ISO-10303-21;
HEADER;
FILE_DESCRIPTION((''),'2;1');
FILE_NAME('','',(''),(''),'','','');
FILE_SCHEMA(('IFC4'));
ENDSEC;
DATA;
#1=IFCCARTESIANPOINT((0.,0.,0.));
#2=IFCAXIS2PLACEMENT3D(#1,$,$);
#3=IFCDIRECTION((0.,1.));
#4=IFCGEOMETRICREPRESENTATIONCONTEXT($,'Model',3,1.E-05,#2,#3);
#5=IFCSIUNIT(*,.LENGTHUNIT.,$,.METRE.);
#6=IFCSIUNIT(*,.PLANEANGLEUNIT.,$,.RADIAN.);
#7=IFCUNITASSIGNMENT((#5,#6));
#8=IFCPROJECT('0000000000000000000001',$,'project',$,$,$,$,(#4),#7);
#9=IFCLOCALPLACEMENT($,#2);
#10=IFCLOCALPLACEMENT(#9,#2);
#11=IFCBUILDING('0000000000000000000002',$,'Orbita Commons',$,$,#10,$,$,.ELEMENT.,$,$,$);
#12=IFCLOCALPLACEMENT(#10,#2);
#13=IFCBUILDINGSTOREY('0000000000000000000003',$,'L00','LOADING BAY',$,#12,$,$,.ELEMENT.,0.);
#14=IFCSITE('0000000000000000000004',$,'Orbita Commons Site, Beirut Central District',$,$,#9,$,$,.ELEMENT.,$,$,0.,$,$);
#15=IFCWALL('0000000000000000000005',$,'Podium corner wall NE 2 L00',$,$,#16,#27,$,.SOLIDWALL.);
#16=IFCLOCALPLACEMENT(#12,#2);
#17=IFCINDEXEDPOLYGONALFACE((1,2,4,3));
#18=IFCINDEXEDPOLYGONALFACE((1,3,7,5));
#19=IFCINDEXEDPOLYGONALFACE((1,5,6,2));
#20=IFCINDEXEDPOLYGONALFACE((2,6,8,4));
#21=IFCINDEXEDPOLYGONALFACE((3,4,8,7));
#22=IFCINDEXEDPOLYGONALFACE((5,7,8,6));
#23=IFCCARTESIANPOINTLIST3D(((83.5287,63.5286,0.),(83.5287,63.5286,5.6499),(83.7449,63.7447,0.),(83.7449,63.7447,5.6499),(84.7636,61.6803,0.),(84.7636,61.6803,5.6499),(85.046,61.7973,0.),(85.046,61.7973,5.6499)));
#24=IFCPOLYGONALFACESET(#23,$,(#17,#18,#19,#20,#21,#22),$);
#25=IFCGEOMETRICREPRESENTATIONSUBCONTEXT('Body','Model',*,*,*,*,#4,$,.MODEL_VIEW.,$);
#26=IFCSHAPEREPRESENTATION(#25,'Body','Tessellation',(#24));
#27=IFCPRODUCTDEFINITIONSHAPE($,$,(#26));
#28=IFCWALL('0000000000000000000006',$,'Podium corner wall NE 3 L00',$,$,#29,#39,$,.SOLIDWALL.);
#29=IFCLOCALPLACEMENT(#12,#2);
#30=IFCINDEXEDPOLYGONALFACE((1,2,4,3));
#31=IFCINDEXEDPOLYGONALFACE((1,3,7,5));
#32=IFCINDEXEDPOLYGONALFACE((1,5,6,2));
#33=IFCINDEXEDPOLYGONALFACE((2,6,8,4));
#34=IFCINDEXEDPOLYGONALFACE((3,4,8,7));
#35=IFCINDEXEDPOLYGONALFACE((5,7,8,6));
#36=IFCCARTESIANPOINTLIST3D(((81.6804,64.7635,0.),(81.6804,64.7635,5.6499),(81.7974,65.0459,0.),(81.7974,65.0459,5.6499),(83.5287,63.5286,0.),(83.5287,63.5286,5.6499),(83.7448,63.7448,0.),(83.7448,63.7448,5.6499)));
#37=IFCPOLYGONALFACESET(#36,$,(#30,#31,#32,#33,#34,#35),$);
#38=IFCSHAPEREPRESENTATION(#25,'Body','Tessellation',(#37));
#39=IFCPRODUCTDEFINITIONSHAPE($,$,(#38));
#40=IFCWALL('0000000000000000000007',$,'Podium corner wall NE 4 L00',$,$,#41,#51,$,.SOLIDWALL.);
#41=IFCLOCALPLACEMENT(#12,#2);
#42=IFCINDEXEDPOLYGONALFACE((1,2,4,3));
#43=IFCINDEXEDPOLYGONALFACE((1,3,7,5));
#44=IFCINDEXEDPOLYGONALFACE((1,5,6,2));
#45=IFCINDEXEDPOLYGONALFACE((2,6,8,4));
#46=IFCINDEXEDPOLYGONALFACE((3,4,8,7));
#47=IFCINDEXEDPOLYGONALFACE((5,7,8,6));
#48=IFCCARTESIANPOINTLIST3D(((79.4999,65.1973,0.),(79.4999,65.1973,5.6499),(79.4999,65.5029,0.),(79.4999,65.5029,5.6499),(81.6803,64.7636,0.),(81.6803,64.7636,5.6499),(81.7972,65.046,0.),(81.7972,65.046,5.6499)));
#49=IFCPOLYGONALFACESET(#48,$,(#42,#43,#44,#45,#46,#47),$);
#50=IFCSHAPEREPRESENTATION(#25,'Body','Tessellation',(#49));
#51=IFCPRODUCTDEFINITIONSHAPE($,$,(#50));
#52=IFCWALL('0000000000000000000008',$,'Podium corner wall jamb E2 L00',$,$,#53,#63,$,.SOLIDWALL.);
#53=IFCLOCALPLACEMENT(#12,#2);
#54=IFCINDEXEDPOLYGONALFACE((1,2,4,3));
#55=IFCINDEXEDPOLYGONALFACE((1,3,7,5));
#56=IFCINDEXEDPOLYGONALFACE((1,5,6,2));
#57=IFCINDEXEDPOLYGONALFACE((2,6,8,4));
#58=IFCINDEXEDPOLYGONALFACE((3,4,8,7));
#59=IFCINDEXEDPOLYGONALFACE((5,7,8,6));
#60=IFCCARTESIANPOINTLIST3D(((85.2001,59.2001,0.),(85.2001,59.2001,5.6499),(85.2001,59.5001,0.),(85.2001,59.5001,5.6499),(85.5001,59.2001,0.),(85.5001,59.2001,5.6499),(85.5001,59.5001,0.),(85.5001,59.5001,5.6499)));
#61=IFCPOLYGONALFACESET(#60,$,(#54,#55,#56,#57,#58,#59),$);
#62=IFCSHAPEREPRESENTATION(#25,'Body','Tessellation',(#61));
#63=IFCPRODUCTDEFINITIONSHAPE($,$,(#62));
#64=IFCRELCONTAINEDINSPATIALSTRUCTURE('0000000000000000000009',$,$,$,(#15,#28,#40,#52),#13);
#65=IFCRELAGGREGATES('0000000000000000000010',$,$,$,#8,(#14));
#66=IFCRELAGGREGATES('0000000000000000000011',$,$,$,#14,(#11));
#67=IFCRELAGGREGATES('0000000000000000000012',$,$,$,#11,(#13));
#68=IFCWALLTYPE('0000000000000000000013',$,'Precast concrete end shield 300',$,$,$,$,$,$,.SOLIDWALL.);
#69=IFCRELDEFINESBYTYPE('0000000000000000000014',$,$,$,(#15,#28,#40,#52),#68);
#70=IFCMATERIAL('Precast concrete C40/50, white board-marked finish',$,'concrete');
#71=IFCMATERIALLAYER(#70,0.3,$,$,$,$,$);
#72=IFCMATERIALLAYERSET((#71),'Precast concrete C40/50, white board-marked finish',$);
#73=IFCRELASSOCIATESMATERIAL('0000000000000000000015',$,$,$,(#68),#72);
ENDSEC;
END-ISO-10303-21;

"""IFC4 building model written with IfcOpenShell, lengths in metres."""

from ifc_helpers import new_model, si_unit, direction, frame, frame_2d, origin, place, context, subcontext, project, spatial, polyline, rectangle, outline, extrude, material, layer, layer_set, type_object, element, save


model = new_model("IFC4")

# Units and contexts
model_context = context("Model", 3, precision=1e-05, world=origin(), true_north=direction((0.0, 1.0)))
body_context = subcontext(model_context, "Body", "Model", "MODEL_VIEW")
ifc_project = project(units=[si_unit("LENGTHUNIT", "METRE"), si_unit("PLANEANGLEUNIT", "RADIAN")], contexts=[model_context])

# Site, building, storey
site_placement = place(None, origin())
site = spatial("IfcSite", under=ifc_project, at=site_placement, Name="Orbita Commons Site, Beirut Central District", CompositionType="ELEMENT", RefElevation=0.0)
building_placement = place(site_placement, origin())
building = spatial("IfcBuilding", under=site, at=building_placement, Name="Orbita Commons", CompositionType="ELEMENT")
storey_placement = place(building_placement, origin())
storey = spatial("IfcBuildingStorey", under=building, at=storey_placement, Name="L00", Description="LOADING BAY", CompositionType="ELEMENT", Elevation=0.0)

# Shared definitions
ifc_material_1 = material(Name="Precast concrete C40/50, white board-marked finish", Category="concrete")
ifc_layer_1 = layer(ifc_material_1, 0.3)
ifc_layer_set_1 = layer_set([ifc_layer_1], Name="Precast concrete C40/50, white board-marked finish")
wall_type = type_object("IfcWallType", Name="Precast concrete end shield 300", PredefinedType="SOLIDWALL", material=ifc_layer_set_1)

# Walls
for number, where, z_axis, x_axis, name in (
    (1, (84.9048, 61.7388, 0.0), (0.0, 0.0, 1.0), (-0.555539, 0.83149, 0.0), "Podium corner wall NE 2 L00"),
    (2, (83.6367, 63.6367, 0.0), (0.0, 0.0, 1.0), (-0.83149, 0.555539, 0.0), "Podium corner wall NE 3 L00"),
):
    element("IfcWall", number, at=place(storey_placement, frame(where, z_axis=z_axis, x_axis=x_axis)), inside=storey, type_object=wall_type, Name=name, PredefinedType="SOLIDWALL", context=body_context, shape_type="SweptSolid", body=[
        extrude(outline(polyline([(-0.0298, -0.1499), (2.3123, -0.1499), (2.2527, 0.1499), (0.0298, 0.1499), (-0.0298, -0.1499)])), origin(), (0.0, 0.0, 1.0), 5.6499),
    ])
wall_1_placement = place(storey_placement, frame((81.7388, 64.9048, 0.0), z_axis=(0.0, 0.0, 1.0), x_axis=(-0.980786, 0.195088, 0.0)))
element("IfcWall", 3, at=wall_1_placement, inside=storey, type_object=wall_type, Name="Podium corner wall NE 4 L00", PredefinedType="SOLIDWALL", context=body_context, shape_type="SweptSolid", body=[
    extrude(outline(polyline([(-0.0298, -0.1499), (2.3125, -0.1499), (2.2529, 0.1499), (0.0298, 0.1499), (-0.0298, -0.1499)])), origin(), (0.0, 0.0, 1.0), 5.6499),
])
wall_2_placement = place(storey_placement, frame((85.3501, 59.5, 0.0), z_axis=(0.0, 0.0, 1.0), x_axis=(0.0, -1.0, 0.0)))
element("IfcWall", 4, at=wall_2_placement, inside=storey, type_object=wall_type, Name="Podium corner wall jamb E2 L00", PredefinedType="SOLIDWALL", context=body_context, shape_type="SweptSolid", body=[
    extrude(rectangle(XDim=0.3, YDim=0.3, at=frame_2d((0.1499, 0.0))), origin(), (0.0, 0.0, 1.0), 5.6499),
])

save(model, "model.ifc")
